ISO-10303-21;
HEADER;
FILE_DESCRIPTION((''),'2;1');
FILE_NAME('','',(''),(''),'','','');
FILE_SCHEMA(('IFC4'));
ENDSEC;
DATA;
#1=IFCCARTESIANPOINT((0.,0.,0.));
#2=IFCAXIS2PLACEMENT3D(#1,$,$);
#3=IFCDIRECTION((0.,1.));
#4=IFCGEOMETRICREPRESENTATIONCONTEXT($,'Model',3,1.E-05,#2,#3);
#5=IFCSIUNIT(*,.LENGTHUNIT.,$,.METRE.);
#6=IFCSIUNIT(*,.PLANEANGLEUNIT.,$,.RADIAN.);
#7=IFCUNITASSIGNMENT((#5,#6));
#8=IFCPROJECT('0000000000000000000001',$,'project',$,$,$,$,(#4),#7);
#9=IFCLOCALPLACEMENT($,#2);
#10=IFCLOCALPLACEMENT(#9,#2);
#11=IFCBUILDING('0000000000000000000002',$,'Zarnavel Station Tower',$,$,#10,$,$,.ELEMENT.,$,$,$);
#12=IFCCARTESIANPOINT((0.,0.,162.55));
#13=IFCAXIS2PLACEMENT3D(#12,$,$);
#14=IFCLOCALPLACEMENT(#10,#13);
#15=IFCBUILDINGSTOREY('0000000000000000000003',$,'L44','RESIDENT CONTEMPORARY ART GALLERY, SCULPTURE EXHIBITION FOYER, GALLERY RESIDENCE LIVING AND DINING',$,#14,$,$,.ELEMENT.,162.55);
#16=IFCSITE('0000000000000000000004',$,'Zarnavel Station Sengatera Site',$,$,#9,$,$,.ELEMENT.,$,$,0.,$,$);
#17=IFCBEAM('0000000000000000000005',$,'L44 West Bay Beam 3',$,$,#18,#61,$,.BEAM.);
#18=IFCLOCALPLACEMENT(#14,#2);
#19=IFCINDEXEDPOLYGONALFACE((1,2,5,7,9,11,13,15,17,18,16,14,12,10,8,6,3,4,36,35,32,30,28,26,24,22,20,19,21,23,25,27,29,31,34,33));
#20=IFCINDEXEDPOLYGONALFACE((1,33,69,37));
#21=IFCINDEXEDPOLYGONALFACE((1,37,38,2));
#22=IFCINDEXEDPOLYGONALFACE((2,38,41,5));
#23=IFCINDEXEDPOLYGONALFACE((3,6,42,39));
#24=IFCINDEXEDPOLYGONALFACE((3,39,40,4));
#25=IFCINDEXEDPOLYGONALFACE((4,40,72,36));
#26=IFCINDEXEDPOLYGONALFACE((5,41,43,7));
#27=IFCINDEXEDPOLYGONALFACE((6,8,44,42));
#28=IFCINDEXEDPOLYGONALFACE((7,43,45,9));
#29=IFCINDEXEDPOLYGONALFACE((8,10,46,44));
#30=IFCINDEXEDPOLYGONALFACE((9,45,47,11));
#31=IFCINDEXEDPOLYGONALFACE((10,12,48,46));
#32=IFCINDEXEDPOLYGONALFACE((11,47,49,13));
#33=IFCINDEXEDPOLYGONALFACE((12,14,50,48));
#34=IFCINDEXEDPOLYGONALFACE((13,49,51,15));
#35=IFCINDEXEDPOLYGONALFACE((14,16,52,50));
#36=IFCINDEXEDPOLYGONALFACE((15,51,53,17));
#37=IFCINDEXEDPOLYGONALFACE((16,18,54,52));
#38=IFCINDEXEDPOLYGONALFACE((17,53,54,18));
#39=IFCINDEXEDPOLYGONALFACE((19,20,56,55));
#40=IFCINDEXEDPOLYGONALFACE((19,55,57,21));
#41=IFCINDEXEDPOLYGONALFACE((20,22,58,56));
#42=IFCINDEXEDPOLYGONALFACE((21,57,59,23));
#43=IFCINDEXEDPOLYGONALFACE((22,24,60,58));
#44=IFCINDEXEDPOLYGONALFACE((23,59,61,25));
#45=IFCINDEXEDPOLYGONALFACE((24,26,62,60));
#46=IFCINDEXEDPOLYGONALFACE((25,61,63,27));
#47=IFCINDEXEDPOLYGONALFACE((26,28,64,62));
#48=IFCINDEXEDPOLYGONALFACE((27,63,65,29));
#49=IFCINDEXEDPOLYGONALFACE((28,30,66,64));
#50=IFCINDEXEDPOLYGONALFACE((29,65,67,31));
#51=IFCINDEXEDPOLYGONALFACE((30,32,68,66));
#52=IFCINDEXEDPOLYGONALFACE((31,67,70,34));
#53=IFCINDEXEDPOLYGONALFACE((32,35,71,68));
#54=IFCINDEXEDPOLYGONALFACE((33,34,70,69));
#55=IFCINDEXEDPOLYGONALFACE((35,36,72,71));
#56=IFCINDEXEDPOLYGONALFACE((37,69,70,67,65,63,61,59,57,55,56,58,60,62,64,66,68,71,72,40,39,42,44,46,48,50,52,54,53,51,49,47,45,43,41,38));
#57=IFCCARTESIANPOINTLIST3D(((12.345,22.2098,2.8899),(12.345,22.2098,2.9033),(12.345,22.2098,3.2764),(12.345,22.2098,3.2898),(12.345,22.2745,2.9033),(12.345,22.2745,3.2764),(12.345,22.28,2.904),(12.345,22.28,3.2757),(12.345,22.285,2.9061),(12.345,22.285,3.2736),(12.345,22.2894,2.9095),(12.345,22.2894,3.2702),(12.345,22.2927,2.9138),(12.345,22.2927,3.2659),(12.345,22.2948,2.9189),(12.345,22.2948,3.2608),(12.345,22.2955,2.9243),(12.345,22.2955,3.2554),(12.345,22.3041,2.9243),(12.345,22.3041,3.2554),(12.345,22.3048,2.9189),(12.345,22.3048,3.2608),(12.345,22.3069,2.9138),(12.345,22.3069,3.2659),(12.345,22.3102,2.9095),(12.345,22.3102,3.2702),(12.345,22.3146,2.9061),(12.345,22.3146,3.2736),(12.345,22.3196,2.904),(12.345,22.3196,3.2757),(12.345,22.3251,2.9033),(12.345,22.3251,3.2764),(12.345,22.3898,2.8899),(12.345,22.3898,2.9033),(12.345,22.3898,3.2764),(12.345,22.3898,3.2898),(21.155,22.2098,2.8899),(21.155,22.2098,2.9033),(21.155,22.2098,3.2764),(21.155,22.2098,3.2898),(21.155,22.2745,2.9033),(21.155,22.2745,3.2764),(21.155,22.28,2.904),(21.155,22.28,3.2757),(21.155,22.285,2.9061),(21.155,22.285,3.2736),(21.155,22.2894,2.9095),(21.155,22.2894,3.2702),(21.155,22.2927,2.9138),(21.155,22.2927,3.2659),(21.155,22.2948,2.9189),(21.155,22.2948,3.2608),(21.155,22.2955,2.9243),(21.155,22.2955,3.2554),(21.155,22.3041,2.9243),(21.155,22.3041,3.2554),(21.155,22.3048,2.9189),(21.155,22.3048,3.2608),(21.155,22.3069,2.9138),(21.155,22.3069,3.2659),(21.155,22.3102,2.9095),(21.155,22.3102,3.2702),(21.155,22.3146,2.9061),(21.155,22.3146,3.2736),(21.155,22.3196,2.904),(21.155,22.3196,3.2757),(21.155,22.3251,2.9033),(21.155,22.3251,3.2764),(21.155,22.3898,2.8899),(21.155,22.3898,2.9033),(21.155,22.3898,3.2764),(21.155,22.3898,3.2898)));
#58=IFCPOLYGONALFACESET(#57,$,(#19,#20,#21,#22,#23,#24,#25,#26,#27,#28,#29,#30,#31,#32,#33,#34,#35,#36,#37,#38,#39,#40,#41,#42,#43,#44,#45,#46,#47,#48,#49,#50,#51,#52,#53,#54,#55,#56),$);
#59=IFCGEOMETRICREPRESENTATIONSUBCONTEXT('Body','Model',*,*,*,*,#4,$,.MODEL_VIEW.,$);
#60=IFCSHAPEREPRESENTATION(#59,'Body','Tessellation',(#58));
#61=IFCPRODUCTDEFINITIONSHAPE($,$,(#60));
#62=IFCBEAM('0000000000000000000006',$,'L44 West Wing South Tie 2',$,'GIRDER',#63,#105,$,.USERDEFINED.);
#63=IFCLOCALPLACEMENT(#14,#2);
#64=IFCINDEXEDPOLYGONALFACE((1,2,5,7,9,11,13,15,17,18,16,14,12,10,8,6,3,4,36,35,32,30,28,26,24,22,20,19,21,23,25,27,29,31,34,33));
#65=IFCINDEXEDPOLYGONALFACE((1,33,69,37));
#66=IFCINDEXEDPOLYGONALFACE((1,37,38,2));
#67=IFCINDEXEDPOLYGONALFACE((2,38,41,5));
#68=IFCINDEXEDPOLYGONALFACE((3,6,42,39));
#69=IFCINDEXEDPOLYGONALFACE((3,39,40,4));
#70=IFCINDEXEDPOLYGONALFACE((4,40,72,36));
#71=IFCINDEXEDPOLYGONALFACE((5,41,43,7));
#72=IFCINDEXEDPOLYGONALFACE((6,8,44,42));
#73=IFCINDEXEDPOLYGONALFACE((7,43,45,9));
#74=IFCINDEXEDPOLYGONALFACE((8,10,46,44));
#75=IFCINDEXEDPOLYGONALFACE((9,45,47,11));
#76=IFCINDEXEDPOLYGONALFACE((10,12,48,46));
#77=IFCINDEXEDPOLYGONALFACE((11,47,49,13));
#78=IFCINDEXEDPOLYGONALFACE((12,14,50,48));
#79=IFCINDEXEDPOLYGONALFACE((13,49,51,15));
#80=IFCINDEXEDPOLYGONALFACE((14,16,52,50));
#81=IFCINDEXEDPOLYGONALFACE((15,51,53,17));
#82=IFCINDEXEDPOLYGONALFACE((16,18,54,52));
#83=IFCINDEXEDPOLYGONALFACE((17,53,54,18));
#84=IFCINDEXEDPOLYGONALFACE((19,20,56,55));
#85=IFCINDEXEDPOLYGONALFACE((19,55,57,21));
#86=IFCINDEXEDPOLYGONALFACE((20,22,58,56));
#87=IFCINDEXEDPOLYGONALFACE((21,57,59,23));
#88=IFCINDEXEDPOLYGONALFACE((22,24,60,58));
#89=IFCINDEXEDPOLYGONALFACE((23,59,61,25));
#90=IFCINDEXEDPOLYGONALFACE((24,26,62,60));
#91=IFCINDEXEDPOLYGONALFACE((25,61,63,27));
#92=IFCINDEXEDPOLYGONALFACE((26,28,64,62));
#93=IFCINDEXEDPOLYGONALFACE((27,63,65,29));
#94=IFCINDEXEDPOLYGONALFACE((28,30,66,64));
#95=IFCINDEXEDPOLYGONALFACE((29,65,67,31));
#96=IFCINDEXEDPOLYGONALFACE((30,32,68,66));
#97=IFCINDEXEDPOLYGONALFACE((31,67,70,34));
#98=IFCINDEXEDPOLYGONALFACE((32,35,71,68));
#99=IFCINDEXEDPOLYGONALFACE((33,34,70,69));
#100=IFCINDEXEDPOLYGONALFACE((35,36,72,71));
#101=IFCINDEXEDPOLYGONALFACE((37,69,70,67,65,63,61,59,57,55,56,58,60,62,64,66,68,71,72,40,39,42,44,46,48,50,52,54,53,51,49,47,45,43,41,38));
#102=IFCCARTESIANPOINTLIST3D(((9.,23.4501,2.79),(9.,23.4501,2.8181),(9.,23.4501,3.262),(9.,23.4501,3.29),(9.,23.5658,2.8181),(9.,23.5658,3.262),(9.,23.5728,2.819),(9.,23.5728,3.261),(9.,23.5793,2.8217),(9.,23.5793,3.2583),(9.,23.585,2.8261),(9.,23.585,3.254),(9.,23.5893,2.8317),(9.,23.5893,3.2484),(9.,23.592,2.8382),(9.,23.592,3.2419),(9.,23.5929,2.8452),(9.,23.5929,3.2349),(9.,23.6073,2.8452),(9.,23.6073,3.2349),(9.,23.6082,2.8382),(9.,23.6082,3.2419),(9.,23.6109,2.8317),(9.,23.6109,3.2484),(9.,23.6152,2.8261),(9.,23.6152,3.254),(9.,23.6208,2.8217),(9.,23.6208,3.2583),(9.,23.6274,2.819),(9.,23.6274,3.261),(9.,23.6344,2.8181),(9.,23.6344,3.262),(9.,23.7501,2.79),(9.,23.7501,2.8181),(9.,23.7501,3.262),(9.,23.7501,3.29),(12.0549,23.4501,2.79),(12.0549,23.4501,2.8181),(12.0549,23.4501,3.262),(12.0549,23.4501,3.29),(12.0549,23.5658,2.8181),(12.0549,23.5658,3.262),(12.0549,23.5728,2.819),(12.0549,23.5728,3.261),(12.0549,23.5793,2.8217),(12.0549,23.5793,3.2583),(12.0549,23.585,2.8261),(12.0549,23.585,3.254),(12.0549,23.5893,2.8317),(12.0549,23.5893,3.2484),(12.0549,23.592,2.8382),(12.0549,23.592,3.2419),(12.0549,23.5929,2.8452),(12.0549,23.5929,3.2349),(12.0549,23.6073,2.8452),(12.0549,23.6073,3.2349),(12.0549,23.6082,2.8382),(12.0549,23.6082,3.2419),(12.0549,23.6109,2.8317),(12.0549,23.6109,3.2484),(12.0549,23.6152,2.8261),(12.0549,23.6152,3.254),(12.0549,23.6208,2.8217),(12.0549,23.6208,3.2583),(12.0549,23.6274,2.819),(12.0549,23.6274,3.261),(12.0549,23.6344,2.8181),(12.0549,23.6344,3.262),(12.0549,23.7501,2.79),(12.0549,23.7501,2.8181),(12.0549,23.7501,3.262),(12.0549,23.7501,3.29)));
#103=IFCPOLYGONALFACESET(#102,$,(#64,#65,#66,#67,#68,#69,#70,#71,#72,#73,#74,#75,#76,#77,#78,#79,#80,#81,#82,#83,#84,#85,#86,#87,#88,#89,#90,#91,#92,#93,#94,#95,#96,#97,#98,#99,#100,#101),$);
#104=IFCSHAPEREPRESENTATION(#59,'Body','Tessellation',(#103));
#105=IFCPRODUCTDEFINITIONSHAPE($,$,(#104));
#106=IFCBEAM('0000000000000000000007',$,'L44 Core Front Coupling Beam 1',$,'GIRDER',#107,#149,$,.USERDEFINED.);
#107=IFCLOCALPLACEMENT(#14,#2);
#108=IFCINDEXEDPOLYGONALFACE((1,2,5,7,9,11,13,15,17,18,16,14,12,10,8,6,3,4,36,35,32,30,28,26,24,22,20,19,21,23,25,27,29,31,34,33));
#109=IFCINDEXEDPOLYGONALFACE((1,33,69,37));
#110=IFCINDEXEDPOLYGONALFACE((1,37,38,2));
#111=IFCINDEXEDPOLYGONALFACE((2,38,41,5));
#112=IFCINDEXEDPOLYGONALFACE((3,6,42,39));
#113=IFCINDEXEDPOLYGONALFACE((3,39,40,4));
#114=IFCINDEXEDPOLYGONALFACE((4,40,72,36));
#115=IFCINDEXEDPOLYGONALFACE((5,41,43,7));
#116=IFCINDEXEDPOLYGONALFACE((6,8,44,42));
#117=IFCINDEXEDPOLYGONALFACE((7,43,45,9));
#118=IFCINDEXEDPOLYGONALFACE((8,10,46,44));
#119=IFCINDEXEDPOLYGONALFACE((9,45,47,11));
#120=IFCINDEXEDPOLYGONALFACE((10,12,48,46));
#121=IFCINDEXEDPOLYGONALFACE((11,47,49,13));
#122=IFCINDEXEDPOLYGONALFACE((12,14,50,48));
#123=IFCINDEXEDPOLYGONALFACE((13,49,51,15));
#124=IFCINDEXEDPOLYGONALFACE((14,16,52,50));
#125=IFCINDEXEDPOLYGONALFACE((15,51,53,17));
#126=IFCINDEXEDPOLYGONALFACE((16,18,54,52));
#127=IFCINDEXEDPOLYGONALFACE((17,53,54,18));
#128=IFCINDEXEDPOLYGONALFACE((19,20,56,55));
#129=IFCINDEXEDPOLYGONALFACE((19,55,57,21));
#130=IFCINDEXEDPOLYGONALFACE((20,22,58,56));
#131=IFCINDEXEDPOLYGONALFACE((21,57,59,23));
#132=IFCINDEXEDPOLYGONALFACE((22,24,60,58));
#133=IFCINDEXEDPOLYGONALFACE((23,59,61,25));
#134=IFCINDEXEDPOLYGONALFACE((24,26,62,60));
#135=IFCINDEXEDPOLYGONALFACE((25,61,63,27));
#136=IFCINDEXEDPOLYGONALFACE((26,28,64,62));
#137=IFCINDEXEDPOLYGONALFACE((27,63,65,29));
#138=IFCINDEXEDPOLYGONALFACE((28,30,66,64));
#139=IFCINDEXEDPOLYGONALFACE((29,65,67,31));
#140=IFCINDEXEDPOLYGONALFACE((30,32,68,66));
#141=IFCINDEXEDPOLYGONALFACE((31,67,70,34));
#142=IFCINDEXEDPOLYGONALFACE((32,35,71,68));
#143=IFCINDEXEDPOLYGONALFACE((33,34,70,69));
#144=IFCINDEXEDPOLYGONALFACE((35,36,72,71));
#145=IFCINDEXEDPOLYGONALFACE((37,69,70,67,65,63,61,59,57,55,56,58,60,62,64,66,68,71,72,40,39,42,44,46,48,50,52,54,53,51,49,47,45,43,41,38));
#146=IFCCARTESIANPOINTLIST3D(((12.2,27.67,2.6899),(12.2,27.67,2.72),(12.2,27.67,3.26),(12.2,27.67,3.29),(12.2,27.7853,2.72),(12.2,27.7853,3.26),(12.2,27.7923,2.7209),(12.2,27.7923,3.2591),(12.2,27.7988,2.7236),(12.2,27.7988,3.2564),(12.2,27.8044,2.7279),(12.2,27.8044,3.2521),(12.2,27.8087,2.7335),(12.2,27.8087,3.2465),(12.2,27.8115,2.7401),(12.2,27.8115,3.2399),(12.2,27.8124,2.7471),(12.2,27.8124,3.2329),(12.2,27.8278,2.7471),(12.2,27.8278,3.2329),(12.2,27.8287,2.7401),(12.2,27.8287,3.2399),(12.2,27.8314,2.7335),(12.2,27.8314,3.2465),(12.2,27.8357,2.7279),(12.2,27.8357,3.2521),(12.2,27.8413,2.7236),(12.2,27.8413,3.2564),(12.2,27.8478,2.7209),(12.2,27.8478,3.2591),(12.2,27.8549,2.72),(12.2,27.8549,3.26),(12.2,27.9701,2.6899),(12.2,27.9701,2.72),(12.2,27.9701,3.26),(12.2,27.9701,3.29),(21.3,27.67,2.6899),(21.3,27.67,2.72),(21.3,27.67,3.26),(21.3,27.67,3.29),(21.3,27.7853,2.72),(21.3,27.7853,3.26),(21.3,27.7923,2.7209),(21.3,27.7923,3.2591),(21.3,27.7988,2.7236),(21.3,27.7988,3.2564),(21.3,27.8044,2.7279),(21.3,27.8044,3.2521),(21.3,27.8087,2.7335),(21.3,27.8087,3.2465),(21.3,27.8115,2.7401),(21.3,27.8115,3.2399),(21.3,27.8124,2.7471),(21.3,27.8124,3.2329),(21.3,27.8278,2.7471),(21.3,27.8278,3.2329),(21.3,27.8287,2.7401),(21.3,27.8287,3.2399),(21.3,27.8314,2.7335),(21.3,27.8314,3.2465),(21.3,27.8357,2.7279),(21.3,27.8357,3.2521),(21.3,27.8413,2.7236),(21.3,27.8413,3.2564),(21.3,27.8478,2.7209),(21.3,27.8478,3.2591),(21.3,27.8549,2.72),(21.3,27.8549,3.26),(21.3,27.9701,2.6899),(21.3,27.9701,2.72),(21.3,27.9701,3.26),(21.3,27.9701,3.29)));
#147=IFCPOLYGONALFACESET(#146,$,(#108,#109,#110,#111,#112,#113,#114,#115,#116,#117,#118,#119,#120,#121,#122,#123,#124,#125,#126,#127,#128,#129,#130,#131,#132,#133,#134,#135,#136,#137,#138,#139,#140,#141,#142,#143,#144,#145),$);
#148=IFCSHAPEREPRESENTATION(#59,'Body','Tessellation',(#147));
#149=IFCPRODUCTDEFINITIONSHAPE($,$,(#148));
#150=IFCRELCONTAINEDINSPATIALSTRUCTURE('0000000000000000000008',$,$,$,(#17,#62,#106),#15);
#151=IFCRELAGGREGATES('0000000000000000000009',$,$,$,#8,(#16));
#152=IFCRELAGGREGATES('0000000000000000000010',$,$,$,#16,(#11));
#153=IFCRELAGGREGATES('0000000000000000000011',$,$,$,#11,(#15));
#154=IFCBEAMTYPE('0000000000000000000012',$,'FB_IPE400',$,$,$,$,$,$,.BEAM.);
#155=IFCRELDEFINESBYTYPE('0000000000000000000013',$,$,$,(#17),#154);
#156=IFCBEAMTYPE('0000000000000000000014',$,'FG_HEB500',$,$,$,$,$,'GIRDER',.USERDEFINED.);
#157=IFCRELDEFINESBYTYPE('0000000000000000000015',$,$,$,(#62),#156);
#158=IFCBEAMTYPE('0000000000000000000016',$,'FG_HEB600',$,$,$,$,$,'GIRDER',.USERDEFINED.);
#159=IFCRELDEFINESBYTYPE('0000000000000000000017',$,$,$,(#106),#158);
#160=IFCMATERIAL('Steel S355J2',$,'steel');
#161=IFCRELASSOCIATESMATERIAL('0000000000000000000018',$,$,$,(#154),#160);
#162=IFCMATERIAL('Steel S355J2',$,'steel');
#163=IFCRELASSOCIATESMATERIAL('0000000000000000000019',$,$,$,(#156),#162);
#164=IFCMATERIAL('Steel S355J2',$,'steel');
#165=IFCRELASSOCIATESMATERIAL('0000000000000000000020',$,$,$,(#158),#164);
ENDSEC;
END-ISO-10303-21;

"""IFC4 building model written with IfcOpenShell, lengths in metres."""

from ifc_helpers import new_model, si_unit, direction, frame, origin, origin_2d, place, context, subcontext, project, spatial, i_section, extrude, material, material_profile, profile_set, type_object, element, save


model = new_model("IFC4")

# Units and contexts
model_context = context("Model", 3, precision=1e-05, world=origin(), true_north=direction((0.0, 1.0)))
body_context = subcontext(model_context, "Body", "Model", "MODEL_VIEW")
ifc_project = project(units=[si_unit("LENGTHUNIT", "METRE"), si_unit("PLANEANGLEUNIT", "RADIAN")], contexts=[model_context])

# Site, building, storey
site_placement = place(None, origin())
site = spatial("IfcSite", under=ifc_project, at=site_placement, Name="Zarnavel Station Sengatera Site", CompositionType="ELEMENT", RefElevation=0.0)
building_placement = place(site_placement, origin())
building = spatial("IfcBuilding", under=site, at=building_placement, Name="Zarnavel Station Tower", CompositionType="ELEMENT")
storey_placement = place(building_placement, frame((0.0, 0.0, 162.55)))
storey = spatial("IfcBuildingStorey", under=building, at=storey_placement, Name="L44", Description="RESIDENT CONTEMPORARY ART GALLERY, SCULPTURE EXHIBITION FOYER, GALLERY RESIDENCE LIVING AND DINING", CompositionType="ELEMENT", Elevation=162.55)

# Beams
ifc_material_1 = material(Name="Steel S355J2", Category="steel")
ifc_material_profile_1 = material_profile(ifc_material_1, i_section(OverallWidth=0.1799, OverallDepth=0.3999, WebThickness=0.0085, FlangeThickness=0.0134, FilletRadius=0.021, at=origin_2d()), Name="IPE400")
ifc_profile_set_1 = profile_set([ifc_material_profile_1], Name="Steel S355J2")
beam_type_1 = type_object("IfcBeamType", Name="FB_IPE400", PredefinedType="BEAM", material=ifc_profile_set_1)
beam_1_placement = place(storey_placement, frame((12.345, 22.2998, 3.0898), z_axis=(1.0, 0.0, 0.0), x_axis=(0.0, 1.0, 0.0)))
element("IfcBeam", 1, at=beam_1_placement, inside=storey, type_object=beam_type_1, Name="L44 West Bay Beam 3", PredefinedType="BEAM", context=body_context, shape_type="SweptSolid", body=[
    extrude(i_section(OverallWidth=0.1799, OverallDepth=0.3999, WebThickness=0.0085, FlangeThickness=0.0134, FilletRadius=0.021, at=origin_2d()), origin(), (0.0, 0.0, 1.0), 8.8101),
])
ifc_material_2 = material(Name="Steel S355J2", Category="steel")
ifc_material_profile_2 = material_profile(ifc_material_2, i_section(OverallWidth=0.3, OverallDepth=0.5, WebThickness=0.0144, FlangeThickness=0.0281, FilletRadius=0.0271, at=origin_2d()), Name="HEB500")
ifc_profile_set_2 = profile_set([ifc_material_profile_2], Name="Steel S355J2")
beam_type_2 = type_object("IfcBeamType", Name="FG_HEB500", ElementType="GIRDER", PredefinedType="USERDEFINED", material=ifc_profile_set_2)
beam_2_placement = place(storey_placement, frame((9.0, 23.6001, 3.04), z_axis=(1.0, 0.0, 0.0), x_axis=(0.0, 1.0, 0.0)))
element("IfcBeam", 2, at=beam_2_placement, inside=storey, type_object=beam_type_2, Name="L44 West Wing South Tie 2", ObjectType="GIRDER", PredefinedType="USERDEFINED", context=body_context, shape_type="SweptSolid", body=[
    extrude(i_section(OverallWidth=0.3, OverallDepth=0.5, WebThickness=0.0144, FlangeThickness=0.0281, FilletRadius=0.0271, at=origin_2d()), origin(), (0.0, 0.0, 1.0), 3.0549),
])
ifc_material_3 = material(Name="Steel S355J2", Category="steel")
ifc_material_profile_3 = material_profile(ifc_material_3, i_section(OverallWidth=0.3, OverallDepth=0.6001, WebThickness=0.0154, FlangeThickness=0.03, FilletRadius=0.0271, at=origin_2d()), Name="HEB600")
ifc_profile_set_3 = profile_set([ifc_material_profile_3], Name="Steel S355J2")
beam_type_3 = type_object("IfcBeamType", Name="FG_HEB600", ElementType="GIRDER", PredefinedType="USERDEFINED", material=ifc_profile_set_3)
beam_3_placement = place(storey_placement, frame((12.2, 27.8201, 2.99), z_axis=(1.0, 0.0, 0.0), x_axis=(0.0, 1.0, 0.0)))
element("IfcBeam", 3, at=beam_3_placement, inside=storey, type_object=beam_type_3, Name="L44 Core Front Coupling Beam 1", ObjectType="GIRDER", PredefinedType="USERDEFINED", context=body_context, shape_type="SweptSolid", body=[
    extrude(i_section(OverallWidth=0.3, OverallDepth=0.6001, WebThickness=0.0154, FlangeThickness=0.03, FilletRadius=0.0271, at=origin_2d()), origin(), (0.0, 0.0, 1.0), 9.1001),
])

save(model, "model.ifc")
